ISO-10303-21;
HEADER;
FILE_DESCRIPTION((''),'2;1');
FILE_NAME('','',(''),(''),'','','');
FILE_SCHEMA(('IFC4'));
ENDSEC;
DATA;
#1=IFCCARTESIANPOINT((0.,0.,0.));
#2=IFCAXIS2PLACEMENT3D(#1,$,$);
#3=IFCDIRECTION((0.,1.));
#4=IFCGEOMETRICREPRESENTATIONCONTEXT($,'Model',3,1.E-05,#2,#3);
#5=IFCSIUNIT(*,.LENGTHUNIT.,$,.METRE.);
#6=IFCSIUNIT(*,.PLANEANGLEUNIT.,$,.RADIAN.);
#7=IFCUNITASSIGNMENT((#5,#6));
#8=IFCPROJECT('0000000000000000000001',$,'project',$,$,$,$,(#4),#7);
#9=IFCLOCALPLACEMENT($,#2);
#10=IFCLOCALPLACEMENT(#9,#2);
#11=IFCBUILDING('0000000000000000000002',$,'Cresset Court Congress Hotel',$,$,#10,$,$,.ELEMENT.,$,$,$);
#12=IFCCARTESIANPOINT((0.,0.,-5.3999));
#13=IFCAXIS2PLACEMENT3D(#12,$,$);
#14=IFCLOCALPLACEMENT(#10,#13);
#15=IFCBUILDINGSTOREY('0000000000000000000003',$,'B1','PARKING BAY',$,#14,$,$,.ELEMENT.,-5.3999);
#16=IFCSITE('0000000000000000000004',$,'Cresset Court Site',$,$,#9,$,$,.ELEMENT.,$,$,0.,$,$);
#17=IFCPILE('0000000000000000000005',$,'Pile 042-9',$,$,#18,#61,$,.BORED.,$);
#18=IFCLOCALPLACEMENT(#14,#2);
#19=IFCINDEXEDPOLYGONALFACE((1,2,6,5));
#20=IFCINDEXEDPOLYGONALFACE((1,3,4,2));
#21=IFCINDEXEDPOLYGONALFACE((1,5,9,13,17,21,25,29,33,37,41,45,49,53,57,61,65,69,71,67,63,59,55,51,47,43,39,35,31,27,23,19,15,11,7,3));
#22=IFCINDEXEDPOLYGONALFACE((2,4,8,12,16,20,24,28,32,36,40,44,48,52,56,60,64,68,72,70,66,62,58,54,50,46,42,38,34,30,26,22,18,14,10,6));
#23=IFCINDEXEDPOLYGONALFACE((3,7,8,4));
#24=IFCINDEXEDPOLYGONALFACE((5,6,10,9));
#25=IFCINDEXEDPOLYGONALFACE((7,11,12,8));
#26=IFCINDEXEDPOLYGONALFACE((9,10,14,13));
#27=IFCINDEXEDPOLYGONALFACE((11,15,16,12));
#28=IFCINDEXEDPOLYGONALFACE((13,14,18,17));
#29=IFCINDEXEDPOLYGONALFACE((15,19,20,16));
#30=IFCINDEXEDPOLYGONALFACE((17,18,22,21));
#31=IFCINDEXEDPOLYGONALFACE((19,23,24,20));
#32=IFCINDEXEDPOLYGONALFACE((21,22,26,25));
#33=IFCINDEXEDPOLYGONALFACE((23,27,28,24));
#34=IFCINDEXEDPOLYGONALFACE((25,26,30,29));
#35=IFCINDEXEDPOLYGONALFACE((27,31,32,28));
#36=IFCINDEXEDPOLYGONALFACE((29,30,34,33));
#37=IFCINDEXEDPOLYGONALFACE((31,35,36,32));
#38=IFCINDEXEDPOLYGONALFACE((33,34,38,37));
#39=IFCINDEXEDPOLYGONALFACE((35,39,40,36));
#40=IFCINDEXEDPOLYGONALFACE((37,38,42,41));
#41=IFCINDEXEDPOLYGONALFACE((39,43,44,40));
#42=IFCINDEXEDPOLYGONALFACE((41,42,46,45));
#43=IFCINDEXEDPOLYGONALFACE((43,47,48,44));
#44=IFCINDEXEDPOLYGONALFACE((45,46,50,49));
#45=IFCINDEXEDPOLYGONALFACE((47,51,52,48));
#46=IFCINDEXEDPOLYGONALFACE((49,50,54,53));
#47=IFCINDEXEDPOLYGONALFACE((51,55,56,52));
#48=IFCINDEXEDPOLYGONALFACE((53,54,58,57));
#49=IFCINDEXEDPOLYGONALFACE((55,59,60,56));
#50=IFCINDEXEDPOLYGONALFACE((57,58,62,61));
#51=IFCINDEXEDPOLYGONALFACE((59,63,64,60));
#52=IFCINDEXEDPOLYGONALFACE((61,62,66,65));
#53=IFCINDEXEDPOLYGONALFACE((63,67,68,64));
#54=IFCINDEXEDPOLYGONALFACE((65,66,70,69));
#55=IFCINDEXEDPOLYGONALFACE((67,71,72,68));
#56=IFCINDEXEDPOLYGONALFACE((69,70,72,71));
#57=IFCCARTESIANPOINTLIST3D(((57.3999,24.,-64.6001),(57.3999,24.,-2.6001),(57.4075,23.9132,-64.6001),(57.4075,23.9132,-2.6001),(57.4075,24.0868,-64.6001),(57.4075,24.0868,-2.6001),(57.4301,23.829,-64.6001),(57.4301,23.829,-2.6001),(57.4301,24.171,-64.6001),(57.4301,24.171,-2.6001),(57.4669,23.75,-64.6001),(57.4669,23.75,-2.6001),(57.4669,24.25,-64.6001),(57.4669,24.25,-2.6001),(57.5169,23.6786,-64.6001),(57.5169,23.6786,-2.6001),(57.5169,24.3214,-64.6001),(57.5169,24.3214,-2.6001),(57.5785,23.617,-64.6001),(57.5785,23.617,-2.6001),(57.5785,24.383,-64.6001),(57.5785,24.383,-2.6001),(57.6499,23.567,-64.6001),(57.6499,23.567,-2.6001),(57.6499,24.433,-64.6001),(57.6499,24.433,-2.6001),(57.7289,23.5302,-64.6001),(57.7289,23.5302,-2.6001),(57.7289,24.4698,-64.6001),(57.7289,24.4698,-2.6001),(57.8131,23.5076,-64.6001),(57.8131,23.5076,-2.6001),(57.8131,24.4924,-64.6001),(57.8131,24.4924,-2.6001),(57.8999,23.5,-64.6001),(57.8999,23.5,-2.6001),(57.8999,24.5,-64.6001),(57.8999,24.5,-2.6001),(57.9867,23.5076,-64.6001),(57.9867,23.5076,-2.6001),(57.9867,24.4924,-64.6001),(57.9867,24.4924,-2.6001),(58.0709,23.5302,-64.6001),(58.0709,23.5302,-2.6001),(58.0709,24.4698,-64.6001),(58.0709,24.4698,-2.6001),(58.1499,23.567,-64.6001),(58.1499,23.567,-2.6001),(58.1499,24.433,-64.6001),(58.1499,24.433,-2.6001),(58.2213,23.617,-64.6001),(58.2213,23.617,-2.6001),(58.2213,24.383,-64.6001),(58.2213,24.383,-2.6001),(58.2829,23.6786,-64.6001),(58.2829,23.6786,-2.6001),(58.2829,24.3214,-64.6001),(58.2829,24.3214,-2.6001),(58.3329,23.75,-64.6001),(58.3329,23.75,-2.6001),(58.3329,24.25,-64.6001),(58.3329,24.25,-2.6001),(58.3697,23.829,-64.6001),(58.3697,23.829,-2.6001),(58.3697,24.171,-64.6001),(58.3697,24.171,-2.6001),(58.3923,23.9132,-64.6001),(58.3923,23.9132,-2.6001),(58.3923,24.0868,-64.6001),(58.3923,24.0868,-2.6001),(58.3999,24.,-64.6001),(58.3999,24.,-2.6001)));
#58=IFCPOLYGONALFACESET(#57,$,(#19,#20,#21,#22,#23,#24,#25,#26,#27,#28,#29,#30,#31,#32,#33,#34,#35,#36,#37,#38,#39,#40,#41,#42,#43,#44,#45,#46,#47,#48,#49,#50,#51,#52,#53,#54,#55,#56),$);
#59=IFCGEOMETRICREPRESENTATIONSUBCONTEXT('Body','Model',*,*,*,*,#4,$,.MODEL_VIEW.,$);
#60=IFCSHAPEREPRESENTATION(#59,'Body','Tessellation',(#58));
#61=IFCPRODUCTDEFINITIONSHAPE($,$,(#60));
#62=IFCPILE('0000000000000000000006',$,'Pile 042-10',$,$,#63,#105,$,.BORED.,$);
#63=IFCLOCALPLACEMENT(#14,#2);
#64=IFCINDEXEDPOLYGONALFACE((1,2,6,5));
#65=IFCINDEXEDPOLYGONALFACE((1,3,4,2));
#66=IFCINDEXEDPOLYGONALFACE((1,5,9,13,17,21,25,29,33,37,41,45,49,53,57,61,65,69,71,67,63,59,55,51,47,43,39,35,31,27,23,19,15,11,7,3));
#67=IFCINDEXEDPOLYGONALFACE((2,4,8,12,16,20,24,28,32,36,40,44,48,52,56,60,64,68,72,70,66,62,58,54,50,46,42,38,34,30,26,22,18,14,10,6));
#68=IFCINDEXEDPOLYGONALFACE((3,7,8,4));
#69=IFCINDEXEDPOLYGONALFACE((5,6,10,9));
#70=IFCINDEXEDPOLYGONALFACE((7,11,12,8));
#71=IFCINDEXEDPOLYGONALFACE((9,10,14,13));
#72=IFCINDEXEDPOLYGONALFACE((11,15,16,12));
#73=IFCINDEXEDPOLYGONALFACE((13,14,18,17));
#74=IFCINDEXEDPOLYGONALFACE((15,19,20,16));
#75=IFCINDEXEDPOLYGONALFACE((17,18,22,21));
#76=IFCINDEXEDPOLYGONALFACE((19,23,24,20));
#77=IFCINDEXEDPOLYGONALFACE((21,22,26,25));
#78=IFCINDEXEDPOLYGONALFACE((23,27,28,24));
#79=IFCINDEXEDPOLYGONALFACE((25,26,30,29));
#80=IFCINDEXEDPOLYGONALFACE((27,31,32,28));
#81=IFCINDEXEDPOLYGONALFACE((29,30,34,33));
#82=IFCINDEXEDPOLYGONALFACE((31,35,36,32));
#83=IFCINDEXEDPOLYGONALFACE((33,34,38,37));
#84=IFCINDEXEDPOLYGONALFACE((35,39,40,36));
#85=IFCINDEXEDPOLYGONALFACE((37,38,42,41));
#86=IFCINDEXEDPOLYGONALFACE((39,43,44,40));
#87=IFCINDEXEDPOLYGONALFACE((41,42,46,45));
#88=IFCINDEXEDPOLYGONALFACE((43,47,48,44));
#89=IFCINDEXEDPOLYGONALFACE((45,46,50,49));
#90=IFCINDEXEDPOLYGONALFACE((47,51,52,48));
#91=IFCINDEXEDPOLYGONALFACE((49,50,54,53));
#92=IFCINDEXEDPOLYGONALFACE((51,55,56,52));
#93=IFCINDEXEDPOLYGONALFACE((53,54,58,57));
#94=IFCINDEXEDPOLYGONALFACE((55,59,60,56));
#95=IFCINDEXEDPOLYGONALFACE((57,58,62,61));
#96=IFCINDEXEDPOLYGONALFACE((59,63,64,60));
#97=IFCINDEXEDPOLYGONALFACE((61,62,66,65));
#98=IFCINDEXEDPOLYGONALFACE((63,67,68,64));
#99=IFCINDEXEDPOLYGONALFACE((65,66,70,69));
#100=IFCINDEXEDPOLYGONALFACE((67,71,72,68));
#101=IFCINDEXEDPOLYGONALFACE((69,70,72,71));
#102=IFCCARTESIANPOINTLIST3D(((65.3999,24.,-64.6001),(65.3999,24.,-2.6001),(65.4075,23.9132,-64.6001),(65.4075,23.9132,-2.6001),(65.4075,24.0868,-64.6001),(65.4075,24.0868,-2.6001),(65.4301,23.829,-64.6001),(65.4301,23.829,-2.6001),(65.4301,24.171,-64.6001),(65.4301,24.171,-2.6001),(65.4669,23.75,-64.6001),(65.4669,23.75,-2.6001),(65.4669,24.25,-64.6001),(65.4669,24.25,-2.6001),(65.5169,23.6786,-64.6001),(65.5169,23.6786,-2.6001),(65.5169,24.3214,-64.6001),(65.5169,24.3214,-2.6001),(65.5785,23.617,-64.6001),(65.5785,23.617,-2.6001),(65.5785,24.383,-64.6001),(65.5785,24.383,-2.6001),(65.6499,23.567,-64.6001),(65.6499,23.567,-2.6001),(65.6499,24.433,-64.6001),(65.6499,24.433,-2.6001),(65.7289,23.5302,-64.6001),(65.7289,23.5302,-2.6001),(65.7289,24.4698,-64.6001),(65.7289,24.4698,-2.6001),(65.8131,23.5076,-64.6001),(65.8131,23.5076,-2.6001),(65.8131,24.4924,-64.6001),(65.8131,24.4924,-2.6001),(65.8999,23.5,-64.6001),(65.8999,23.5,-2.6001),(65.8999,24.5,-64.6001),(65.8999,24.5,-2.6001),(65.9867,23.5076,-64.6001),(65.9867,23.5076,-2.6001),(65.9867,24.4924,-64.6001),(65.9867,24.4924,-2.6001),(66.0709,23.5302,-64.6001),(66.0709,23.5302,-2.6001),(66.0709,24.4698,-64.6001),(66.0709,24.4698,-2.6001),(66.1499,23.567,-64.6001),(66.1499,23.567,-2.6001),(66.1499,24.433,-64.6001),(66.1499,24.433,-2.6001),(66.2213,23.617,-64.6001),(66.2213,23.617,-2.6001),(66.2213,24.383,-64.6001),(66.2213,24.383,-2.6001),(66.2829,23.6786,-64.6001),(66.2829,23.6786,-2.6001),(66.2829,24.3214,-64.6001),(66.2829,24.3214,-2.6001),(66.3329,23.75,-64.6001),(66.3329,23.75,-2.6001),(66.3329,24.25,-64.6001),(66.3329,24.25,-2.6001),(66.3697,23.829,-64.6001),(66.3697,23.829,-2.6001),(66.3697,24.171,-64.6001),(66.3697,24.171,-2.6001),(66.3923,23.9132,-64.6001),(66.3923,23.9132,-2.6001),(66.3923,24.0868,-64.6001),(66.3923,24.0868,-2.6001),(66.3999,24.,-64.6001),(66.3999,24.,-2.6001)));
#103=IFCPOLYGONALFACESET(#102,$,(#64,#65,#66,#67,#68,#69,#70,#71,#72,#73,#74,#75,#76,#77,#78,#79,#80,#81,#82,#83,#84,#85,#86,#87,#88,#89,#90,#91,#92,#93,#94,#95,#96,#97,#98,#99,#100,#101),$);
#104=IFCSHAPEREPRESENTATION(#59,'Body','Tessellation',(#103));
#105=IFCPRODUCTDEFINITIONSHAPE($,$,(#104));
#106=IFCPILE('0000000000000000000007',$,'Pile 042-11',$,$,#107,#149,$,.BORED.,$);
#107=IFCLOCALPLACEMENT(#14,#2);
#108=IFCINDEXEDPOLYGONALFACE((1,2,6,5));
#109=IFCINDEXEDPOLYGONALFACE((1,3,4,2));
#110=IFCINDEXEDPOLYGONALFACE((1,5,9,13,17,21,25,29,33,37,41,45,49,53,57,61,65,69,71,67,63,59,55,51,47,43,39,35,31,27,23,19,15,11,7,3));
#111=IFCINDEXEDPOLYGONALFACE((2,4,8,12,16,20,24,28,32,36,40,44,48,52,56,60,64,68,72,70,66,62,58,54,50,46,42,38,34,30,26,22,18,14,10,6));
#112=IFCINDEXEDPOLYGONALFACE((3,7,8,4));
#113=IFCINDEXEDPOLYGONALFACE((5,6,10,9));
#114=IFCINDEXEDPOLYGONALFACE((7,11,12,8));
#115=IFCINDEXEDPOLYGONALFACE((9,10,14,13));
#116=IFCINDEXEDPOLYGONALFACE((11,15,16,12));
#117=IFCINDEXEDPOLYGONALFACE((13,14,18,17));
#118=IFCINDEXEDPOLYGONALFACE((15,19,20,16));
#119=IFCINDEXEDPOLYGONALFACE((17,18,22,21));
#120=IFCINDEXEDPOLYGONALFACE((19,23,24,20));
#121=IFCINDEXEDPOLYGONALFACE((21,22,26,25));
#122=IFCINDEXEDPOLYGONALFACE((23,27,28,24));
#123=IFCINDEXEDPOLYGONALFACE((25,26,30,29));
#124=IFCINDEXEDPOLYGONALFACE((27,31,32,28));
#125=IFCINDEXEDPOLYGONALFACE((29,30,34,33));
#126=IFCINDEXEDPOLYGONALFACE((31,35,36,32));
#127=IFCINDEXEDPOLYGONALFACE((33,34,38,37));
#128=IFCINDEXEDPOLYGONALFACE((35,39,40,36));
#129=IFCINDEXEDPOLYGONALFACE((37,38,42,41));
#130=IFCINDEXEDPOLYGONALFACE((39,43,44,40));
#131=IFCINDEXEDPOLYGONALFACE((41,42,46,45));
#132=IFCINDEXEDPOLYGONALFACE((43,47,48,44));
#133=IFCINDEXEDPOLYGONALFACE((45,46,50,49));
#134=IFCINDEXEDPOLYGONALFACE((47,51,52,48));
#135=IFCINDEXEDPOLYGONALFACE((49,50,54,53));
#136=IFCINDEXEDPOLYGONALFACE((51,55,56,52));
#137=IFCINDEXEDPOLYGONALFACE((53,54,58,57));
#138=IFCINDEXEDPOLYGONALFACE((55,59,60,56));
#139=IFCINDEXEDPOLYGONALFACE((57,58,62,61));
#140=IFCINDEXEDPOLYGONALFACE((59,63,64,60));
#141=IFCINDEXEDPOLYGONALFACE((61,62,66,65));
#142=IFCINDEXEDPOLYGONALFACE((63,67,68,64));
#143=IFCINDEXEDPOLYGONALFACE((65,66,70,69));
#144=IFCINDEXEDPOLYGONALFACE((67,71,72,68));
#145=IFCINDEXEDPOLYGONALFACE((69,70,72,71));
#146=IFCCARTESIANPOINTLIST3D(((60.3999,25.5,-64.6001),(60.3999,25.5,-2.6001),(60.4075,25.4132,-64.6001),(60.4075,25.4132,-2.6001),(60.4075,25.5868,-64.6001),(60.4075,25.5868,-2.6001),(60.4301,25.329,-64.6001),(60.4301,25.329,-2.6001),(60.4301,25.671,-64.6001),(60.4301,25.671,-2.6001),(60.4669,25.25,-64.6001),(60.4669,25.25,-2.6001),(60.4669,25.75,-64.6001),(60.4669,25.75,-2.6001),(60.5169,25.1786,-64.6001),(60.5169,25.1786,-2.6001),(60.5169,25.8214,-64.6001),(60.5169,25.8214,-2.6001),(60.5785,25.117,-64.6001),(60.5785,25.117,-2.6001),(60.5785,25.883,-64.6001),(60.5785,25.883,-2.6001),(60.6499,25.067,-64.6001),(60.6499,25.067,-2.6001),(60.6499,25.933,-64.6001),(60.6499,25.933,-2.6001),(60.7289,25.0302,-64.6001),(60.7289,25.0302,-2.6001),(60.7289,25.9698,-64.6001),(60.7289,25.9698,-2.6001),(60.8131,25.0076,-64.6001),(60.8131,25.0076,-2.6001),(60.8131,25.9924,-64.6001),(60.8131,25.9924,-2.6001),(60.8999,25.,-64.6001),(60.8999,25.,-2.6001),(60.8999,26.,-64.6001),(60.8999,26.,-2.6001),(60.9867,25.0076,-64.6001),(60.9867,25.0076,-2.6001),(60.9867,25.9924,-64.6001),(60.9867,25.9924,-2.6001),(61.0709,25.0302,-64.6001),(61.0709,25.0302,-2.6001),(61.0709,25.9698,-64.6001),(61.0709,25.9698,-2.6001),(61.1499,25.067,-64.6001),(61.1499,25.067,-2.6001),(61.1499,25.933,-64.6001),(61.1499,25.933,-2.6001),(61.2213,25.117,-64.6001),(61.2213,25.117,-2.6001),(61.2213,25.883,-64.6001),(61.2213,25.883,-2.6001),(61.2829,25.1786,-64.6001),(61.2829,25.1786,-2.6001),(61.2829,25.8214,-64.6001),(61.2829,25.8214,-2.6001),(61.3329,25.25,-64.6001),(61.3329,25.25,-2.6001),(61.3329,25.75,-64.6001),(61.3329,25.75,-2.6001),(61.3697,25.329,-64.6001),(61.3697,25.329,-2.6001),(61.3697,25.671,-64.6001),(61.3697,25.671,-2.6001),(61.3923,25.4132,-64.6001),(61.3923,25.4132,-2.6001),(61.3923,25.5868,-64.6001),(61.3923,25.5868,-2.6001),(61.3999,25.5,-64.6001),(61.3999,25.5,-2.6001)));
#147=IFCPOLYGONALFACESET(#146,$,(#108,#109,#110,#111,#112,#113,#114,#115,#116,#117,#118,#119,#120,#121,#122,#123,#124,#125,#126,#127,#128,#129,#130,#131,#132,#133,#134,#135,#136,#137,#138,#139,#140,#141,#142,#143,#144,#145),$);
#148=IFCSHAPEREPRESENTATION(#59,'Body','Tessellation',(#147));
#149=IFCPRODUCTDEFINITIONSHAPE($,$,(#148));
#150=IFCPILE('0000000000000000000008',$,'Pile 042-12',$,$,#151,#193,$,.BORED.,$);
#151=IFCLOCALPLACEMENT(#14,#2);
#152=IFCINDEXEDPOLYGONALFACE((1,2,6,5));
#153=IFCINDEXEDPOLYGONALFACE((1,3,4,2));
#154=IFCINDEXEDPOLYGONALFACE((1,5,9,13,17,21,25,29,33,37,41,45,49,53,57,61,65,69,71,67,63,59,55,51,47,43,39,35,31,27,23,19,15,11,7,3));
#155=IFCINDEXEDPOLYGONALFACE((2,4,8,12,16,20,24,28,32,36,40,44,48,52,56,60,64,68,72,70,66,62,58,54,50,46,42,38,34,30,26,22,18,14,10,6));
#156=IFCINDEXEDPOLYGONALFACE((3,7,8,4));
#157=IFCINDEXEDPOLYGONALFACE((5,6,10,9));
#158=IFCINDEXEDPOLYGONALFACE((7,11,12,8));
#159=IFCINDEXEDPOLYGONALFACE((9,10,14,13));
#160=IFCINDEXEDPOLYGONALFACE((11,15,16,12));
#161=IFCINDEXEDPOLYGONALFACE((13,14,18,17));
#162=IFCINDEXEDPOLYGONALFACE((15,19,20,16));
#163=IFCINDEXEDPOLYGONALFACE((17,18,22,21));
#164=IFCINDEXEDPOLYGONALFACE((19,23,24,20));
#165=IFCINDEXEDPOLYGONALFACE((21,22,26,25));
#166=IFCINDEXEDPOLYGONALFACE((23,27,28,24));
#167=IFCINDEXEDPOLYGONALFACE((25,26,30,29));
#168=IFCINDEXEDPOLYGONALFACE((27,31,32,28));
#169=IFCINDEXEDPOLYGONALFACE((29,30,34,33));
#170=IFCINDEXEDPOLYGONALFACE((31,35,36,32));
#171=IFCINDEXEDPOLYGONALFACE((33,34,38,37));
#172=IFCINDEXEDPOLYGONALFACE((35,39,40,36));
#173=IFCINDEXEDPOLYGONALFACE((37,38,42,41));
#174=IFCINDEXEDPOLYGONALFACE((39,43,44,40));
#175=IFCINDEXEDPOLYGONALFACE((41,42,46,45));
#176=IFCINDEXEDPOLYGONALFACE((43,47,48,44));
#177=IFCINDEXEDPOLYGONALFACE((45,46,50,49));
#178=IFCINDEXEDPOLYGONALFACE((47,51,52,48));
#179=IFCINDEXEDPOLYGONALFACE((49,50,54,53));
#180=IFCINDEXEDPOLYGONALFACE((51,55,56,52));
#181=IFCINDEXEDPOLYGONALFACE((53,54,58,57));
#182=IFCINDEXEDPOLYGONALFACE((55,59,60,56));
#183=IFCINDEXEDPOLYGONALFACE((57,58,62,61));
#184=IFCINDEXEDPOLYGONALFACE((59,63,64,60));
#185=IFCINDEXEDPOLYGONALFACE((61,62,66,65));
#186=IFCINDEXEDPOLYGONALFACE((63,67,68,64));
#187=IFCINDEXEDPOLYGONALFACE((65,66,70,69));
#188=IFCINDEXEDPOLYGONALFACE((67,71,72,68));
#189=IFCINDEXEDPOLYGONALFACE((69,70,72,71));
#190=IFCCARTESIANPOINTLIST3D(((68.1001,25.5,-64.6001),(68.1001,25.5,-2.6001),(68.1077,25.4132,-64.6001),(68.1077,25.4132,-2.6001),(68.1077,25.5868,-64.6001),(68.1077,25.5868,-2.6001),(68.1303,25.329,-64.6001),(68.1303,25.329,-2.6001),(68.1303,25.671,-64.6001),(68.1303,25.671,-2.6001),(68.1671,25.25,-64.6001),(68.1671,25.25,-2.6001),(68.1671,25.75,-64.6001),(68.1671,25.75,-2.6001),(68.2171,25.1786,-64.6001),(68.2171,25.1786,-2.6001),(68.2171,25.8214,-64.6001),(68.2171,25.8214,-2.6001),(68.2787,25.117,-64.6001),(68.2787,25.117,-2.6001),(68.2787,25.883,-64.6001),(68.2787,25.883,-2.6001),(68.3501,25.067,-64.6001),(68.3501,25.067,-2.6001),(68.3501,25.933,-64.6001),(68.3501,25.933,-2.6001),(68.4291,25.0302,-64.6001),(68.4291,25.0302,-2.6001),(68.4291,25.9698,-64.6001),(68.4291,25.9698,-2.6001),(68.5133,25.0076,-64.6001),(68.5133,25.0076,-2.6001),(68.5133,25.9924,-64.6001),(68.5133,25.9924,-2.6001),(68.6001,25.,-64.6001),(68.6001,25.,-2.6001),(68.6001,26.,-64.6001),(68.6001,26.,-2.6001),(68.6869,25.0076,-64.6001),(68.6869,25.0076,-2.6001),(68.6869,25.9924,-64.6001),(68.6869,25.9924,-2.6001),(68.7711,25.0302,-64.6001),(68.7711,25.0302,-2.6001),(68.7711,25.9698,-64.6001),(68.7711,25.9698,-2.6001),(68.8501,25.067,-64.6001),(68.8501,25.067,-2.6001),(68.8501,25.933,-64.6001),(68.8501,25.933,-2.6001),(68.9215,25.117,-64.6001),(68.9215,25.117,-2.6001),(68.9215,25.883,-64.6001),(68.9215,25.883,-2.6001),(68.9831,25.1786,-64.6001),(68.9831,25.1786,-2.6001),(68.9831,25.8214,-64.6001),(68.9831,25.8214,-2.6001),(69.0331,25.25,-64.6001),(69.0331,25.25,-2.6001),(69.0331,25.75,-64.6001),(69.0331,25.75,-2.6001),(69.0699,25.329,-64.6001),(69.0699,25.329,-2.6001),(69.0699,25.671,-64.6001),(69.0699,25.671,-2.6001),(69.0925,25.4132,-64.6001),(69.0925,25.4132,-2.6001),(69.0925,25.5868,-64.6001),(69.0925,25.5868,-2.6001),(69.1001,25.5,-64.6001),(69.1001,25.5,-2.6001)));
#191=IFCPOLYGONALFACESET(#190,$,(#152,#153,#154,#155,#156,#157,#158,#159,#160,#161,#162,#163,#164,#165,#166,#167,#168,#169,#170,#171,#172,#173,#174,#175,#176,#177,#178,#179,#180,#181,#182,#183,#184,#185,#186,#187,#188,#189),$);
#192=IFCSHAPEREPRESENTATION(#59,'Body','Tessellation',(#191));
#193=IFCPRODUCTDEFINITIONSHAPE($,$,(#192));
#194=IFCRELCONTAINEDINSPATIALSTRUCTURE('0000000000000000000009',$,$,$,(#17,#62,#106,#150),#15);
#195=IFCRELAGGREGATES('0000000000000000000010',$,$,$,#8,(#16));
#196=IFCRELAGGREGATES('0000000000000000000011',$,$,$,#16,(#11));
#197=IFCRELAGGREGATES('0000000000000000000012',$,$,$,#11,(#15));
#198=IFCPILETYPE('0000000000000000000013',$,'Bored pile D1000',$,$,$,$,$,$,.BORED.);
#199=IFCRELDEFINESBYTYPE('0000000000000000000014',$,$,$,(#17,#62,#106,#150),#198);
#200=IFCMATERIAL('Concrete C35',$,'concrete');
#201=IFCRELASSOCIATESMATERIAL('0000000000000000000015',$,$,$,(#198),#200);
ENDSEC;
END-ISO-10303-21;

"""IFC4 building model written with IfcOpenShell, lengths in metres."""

from ifc_helpers import new_model, si_unit, direction, frame, origin, origin_2d, place, context, subcontext, project, spatial, circle, extrude, material, type_object, element, save


model = new_model("IFC4")

# Units and contexts
model_context = context("Model", 3, precision=1e-05, world=origin(), true_north=direction((0.0, 1.0)))
body_context = subcontext(model_context, "Body", "Model", "MODEL_VIEW")
ifc_project = project(units=[si_unit("LENGTHUNIT", "METRE"), si_unit("PLANEANGLEUNIT", "RADIAN")], contexts=[model_context])

# Site, building, storey
site_placement = place(None, origin())
site = spatial("IfcSite", under=ifc_project, at=site_placement, Name="Cresset Court Site", CompositionType="ELEMENT", RefElevation=0.0)
building_placement = place(site_placement, origin())
building = spatial("IfcBuilding", under=site, at=building_placement, Name="Cresset Court Congress Hotel", CompositionType="ELEMENT")
storey_placement = place(building_placement, frame((0.0, 0.0, -5.3999)))
storey = spatial("IfcBuildingStorey", under=building, at=storey_placement, Name="B1", Description="PARKING BAY", CompositionType="ELEMENT", Elevation=-5.3999)

# Piles
ifc_material_1 = material(Name="Concrete C35", Category="concrete")
pile_type = type_object("IfcPileType", Name="Bored pile D1000", PredefinedType="BORED", material=ifc_material_1)
for number, where, z_axis, x_axis, name in (
    (1, (57.8999, 24.0, -2.6001), (0.0, 0.0, -1.0), (1.0, 0.0, 0.0), "Pile 042-9"),
    (2, (65.8999, 24.0, -2.6001), (0.0, 0.0, -1.0), (1.0, 0.0, 0.0), "Pile 042-10"),
    (3, (60.8999, 25.5, -2.6001), (0.0, 0.0, -1.0), (1.0, 0.0, 0.0), "Pile 042-11"),
    (4, (68.6001, 25.5, -2.6001), (0.0, 0.0, -1.0), (1.0, 0.0, 0.0), "Pile 042-12"),
):
    element("IfcPile", number, at=place(storey_placement, frame(where, z_axis=z_axis, x_axis=x_axis)), inside=storey, type_object=pile_type, Name=name, PredefinedType="BORED", context=body_context, shape_type="SweptSolid", body=[
        extrude(circle(Radius=0.5, at=origin_2d()), origin(), (0.0, 0.0, 1.0), 62.0),
    ])

save(model, "model.ifc")
